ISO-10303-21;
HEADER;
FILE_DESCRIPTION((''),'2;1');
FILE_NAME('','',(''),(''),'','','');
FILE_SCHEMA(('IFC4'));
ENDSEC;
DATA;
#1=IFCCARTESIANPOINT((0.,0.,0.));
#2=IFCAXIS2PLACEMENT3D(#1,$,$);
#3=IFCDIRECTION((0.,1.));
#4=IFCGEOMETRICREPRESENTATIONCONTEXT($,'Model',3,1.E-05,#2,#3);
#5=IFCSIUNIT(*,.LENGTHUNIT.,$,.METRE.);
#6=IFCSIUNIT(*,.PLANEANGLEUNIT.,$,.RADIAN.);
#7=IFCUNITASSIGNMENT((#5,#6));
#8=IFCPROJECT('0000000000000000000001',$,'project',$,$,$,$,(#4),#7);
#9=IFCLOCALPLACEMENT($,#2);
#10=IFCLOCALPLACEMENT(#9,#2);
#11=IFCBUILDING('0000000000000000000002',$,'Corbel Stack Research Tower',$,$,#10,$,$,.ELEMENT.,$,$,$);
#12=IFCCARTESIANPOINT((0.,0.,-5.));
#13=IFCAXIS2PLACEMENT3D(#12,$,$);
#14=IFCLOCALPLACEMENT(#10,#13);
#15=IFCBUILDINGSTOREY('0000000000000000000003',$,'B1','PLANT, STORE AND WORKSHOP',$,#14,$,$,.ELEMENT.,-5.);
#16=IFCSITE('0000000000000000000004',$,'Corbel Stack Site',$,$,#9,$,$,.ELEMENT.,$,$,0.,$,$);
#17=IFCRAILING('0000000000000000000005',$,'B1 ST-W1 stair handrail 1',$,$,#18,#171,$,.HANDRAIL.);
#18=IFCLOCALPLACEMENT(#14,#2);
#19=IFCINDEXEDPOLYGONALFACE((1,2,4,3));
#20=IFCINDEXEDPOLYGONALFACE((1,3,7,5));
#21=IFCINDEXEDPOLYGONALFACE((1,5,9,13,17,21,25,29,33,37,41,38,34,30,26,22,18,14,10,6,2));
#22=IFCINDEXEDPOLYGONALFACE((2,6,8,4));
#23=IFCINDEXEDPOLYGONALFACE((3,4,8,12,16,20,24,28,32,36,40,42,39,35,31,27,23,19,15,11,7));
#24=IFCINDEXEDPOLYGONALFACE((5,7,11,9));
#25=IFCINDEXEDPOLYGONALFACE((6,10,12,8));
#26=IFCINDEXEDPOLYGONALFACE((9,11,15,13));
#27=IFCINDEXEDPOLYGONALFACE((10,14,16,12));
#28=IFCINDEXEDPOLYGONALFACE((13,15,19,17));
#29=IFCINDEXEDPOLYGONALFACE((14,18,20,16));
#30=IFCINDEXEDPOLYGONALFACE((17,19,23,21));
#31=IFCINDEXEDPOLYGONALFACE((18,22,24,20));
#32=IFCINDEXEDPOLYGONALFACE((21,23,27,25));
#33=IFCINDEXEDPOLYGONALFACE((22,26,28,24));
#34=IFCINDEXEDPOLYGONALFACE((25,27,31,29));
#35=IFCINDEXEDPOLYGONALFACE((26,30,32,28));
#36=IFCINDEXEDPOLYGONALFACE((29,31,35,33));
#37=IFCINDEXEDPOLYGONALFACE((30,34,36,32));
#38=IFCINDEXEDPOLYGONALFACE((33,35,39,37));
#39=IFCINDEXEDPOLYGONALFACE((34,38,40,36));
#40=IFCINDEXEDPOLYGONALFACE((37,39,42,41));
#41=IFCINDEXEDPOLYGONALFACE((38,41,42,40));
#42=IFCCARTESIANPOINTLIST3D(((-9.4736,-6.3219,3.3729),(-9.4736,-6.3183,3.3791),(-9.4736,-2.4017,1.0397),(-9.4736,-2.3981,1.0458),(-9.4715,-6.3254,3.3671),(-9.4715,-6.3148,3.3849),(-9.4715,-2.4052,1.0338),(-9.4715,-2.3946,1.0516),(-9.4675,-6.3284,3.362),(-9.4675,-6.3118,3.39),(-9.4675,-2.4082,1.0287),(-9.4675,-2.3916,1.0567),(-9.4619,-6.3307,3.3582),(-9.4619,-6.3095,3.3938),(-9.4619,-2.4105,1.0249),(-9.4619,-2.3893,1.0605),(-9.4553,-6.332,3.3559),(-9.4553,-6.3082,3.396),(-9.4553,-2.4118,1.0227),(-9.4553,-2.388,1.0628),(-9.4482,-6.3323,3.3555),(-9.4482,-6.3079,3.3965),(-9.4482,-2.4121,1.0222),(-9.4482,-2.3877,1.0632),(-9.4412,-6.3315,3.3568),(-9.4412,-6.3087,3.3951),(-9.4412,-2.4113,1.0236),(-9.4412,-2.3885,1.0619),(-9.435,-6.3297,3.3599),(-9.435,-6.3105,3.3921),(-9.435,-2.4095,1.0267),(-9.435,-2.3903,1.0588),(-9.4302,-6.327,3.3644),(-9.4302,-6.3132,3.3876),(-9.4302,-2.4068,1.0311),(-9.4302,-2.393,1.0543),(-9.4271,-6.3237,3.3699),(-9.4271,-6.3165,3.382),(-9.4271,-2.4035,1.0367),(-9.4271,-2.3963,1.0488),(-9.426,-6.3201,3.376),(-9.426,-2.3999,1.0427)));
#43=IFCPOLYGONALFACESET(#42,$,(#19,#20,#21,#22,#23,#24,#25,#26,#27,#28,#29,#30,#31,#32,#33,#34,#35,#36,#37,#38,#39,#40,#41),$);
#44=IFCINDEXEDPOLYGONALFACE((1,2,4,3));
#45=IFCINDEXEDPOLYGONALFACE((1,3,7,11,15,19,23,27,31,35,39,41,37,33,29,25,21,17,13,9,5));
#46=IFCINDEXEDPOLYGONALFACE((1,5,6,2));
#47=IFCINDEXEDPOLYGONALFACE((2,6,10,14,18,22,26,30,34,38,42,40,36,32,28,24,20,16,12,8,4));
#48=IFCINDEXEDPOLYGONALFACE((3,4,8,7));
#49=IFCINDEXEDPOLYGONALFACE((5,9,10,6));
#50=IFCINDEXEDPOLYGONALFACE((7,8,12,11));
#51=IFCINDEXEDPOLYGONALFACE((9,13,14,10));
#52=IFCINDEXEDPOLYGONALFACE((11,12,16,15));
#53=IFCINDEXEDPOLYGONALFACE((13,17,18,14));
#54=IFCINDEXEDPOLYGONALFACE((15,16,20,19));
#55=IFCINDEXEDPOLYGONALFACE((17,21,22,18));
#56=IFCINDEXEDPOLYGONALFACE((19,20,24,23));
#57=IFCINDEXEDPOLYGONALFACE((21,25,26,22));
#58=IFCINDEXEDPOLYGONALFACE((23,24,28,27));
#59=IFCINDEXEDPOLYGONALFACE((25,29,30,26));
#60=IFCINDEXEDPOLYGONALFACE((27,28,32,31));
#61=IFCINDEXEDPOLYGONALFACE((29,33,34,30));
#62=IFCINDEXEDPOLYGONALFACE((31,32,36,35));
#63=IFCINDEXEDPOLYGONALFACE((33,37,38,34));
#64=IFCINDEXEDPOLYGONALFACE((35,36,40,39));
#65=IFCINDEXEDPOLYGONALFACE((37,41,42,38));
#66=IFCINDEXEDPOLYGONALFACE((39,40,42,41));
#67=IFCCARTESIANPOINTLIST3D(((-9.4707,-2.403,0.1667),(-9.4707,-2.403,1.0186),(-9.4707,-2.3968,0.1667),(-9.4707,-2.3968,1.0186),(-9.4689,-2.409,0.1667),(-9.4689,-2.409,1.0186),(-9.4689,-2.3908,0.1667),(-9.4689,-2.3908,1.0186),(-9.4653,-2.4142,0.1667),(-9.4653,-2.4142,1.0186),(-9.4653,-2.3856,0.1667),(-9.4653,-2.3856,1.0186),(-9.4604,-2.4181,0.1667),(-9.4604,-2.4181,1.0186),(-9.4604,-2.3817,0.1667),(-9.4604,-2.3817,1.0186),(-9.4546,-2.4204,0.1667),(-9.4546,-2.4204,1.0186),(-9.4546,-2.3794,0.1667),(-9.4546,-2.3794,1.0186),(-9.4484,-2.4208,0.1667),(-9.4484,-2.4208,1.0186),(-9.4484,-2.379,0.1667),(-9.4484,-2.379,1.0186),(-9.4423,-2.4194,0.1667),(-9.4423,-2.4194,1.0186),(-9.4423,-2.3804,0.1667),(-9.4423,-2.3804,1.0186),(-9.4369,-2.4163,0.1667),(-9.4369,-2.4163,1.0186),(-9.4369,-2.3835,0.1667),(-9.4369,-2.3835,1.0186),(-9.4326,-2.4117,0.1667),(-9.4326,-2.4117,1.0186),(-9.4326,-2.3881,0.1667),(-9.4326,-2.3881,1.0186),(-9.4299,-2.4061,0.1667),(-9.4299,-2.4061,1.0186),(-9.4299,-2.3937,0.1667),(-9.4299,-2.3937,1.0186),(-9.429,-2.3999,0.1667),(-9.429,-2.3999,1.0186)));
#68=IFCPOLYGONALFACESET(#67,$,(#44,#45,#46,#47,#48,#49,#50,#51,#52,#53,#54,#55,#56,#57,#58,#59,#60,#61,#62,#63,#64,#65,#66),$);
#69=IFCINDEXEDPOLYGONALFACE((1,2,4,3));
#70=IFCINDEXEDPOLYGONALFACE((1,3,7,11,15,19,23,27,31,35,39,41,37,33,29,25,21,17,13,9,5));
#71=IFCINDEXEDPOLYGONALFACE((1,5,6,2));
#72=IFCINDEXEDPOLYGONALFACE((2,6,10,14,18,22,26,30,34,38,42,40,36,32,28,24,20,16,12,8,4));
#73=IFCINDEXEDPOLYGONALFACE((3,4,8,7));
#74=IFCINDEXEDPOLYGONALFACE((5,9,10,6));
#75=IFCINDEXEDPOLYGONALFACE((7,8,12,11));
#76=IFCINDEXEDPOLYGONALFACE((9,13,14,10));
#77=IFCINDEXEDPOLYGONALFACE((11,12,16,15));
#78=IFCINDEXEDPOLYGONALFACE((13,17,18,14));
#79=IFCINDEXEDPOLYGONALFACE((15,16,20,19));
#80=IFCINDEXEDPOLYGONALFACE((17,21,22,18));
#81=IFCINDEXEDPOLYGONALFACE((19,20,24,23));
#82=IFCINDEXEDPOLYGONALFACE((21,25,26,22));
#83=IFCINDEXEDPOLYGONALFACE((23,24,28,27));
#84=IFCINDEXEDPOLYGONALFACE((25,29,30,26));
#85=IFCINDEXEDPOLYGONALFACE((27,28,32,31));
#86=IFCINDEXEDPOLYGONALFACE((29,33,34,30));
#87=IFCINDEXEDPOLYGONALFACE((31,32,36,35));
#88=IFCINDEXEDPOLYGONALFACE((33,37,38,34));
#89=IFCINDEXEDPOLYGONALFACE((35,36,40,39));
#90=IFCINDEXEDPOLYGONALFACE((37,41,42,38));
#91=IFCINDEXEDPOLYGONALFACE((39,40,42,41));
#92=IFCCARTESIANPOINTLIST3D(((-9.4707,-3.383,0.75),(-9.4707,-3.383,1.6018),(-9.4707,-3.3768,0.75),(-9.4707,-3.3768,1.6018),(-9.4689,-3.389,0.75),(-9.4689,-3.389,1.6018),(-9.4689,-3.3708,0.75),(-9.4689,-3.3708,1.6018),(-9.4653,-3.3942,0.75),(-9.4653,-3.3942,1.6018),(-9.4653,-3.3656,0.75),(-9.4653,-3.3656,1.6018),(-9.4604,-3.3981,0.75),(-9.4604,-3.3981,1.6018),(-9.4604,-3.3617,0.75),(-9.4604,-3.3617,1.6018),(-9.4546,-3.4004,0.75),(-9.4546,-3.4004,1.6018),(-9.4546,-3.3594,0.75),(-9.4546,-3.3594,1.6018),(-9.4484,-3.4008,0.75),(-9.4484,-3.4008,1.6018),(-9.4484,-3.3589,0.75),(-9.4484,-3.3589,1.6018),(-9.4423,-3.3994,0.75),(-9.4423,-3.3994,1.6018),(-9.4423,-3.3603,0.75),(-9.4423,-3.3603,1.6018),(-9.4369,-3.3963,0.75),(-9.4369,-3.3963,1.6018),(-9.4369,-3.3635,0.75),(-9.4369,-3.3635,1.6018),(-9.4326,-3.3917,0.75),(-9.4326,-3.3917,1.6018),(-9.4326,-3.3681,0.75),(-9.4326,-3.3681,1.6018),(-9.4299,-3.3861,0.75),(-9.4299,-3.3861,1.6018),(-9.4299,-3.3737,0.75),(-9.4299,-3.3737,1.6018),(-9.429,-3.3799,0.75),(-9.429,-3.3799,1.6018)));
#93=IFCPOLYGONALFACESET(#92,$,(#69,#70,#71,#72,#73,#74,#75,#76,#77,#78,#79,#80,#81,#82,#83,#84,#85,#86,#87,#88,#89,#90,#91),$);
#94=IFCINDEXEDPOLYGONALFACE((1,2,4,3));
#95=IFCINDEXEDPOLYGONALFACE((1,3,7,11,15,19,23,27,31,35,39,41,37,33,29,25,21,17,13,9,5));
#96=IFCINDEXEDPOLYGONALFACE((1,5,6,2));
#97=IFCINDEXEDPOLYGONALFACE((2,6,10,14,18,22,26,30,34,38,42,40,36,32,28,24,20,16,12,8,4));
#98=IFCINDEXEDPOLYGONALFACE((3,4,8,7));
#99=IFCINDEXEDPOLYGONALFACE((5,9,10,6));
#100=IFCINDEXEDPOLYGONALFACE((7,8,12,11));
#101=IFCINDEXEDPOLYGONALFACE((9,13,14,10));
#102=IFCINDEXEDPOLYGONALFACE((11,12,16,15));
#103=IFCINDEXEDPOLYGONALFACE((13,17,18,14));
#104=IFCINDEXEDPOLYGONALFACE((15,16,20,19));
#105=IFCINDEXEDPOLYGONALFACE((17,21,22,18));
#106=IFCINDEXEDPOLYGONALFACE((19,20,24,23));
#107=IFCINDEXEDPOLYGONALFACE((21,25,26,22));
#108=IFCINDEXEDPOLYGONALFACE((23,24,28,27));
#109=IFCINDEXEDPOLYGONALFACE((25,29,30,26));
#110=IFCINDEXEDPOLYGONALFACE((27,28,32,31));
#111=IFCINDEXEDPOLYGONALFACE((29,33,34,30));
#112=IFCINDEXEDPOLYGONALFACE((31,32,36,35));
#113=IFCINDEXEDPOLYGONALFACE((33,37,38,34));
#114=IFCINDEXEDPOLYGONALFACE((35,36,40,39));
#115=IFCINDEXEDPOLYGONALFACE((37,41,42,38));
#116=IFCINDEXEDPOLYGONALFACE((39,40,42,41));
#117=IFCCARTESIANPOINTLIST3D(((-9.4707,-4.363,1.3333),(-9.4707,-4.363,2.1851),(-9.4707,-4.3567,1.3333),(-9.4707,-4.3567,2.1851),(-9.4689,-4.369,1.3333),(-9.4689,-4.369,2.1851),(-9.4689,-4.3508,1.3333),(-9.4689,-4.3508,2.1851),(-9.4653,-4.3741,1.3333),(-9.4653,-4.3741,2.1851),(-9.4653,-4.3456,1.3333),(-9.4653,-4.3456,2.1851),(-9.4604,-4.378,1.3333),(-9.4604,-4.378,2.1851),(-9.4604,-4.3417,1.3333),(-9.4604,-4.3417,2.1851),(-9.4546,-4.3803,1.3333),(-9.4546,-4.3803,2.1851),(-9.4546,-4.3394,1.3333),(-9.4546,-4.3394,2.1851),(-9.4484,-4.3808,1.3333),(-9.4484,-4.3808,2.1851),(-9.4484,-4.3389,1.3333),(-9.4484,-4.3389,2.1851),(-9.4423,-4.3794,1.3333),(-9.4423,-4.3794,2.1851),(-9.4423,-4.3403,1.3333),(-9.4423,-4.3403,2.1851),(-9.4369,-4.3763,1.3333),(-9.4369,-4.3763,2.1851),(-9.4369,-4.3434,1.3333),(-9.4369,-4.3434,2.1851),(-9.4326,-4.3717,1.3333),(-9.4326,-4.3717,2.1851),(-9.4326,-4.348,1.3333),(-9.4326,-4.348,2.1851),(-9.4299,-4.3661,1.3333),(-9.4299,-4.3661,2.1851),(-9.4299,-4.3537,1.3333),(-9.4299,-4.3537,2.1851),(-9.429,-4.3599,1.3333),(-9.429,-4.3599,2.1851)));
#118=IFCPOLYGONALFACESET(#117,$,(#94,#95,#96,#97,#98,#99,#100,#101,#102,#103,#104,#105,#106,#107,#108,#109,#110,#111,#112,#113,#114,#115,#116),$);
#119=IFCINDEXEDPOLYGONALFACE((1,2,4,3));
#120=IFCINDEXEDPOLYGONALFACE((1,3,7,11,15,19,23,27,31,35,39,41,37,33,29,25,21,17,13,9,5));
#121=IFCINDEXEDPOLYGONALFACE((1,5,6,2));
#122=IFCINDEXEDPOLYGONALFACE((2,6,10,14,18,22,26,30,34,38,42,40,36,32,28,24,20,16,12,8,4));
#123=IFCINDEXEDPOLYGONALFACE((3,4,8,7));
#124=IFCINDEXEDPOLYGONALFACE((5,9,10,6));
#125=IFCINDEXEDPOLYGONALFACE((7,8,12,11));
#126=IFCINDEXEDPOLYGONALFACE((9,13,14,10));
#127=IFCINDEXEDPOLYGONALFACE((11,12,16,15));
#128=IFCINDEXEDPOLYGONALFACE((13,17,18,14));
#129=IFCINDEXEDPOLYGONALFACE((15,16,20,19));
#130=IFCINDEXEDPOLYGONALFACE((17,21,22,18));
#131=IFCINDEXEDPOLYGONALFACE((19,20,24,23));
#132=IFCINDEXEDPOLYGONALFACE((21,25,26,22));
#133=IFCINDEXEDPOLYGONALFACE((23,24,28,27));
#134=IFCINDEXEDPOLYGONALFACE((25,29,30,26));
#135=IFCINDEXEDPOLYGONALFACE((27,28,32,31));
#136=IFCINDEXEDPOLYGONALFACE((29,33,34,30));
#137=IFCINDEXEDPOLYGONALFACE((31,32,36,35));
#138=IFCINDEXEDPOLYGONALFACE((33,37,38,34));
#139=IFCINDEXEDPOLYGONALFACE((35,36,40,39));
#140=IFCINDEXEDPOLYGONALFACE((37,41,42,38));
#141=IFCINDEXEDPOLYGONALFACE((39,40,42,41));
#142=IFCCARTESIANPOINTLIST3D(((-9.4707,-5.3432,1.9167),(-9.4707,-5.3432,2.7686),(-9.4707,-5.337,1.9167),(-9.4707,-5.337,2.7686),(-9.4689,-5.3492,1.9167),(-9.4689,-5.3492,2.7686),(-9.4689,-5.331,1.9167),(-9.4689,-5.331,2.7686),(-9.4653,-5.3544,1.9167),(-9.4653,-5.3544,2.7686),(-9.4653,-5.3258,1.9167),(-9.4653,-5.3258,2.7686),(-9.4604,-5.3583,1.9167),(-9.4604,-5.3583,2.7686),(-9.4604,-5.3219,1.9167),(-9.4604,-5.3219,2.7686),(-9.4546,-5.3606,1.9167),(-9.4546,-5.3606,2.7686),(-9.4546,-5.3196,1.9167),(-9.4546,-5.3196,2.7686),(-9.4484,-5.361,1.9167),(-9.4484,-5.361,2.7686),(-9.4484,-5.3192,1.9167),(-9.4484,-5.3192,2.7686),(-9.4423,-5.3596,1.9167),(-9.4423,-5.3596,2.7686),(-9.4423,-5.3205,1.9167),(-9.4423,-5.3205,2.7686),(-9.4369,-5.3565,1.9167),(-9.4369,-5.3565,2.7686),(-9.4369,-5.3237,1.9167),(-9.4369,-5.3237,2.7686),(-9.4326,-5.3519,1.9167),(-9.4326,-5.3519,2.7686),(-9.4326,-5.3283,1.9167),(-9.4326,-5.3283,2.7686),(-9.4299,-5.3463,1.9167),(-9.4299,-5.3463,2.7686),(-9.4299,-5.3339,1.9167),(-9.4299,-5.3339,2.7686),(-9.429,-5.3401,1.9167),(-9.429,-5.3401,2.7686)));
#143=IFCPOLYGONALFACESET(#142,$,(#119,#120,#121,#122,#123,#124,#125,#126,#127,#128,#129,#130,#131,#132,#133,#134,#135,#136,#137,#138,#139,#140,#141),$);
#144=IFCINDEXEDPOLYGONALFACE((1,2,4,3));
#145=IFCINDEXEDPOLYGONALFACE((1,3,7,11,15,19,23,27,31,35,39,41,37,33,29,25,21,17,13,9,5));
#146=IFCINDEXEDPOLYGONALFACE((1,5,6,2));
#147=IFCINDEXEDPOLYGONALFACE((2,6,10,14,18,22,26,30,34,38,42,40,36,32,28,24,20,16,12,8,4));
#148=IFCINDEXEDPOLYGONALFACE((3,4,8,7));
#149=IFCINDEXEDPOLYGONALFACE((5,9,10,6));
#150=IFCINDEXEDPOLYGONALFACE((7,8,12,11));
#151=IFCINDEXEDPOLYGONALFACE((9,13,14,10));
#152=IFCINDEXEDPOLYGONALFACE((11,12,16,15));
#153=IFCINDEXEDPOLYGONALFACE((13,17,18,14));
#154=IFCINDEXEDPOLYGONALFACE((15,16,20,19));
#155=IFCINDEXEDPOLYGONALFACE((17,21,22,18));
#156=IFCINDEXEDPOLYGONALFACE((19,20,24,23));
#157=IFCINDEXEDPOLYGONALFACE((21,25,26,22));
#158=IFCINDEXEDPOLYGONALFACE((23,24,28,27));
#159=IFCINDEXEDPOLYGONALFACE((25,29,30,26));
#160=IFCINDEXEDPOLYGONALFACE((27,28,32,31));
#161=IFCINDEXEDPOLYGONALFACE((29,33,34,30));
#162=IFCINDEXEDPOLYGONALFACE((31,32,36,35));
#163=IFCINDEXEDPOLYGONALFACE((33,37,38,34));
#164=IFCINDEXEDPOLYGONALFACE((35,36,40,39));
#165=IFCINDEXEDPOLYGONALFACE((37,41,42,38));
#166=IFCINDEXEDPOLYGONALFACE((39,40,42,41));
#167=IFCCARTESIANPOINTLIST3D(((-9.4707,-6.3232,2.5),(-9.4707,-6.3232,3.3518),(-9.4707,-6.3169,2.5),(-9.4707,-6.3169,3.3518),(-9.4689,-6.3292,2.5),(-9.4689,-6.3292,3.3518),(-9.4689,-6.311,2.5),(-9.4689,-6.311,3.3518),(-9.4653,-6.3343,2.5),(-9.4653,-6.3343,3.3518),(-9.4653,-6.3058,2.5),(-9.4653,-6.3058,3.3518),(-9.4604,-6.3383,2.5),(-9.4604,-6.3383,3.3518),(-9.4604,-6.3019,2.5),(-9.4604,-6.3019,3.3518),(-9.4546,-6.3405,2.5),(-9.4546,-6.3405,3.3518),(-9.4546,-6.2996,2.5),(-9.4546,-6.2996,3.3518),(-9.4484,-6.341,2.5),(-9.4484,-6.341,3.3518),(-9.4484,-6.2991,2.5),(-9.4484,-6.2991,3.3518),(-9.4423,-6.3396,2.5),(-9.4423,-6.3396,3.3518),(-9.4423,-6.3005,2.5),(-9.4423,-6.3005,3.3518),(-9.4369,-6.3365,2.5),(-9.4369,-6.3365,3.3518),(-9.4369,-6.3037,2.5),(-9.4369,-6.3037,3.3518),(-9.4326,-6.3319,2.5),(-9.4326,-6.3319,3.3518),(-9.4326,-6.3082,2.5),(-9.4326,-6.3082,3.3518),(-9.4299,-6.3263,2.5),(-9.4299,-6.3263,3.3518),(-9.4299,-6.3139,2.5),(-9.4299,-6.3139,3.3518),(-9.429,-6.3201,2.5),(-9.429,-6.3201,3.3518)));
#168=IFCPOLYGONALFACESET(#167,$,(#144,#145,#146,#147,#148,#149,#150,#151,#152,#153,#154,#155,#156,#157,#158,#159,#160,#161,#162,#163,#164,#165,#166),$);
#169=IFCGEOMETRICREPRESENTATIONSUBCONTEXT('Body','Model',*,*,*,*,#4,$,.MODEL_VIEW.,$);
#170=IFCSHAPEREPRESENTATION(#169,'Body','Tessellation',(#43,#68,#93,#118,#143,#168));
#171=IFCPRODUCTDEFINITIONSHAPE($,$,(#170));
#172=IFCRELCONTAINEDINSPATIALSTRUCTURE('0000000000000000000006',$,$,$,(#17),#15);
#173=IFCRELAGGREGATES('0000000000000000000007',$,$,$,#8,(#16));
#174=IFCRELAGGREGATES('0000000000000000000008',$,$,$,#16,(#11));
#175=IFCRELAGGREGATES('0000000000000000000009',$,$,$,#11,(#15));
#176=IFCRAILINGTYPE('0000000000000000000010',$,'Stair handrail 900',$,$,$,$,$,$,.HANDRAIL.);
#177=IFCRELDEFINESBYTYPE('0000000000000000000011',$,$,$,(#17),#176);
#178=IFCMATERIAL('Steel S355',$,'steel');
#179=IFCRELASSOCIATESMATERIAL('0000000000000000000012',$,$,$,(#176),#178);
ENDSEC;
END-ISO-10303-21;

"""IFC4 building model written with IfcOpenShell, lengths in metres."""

from ifc_helpers import new_model, si_unit, direction, frame, origin, origin_2d, place, context, subcontext, project, spatial, circle, extrude, material, type_object, element, save


model = new_model("IFC4")

# Units and contexts
model_context = context("Model", 3, precision=1e-05, world=origin(), true_north=direction((0.0, 1.0)))
body_context = subcontext(model_context, "Body", "Model", "MODEL_VIEW")
ifc_project = project(units=[si_unit("LENGTHUNIT", "METRE"), si_unit("PLANEANGLEUNIT", "RADIAN")], contexts=[model_context])

# Site, building, storey
site_placement = place(None, origin())
site = spatial("IfcSite", under=ifc_project, at=site_placement, Name="Corbel Stack Site", CompositionType="ELEMENT", RefElevation=0.0)
building_placement = place(site_placement, origin())
building = spatial("IfcBuilding", under=site, at=building_placement, Name="Corbel Stack Research Tower", CompositionType="ELEMENT")
storey_placement = place(building_placement, frame((0.0, 0.0, -5.0)))
storey = spatial("IfcBuildingStorey", under=building, at=storey_placement, Name="B1", Description="PLANT, STORE AND WORKSHOP", CompositionType="ELEMENT", Elevation=-5.0)

# Railing
ifc_material_1 = material(Name="Steel S355", Category="steel")
railing_type = type_object("IfcRailingType", Name="Stair handrail 900", PredefinedType="HANDRAIL", material=ifc_material_1)
railing_placement = place(storey_placement, frame((-9.45, -2.3999, 0.1667)))
element("IfcRailing", 1, at=railing_placement, inside=storey, type_object=railing_type, Name="B1 ST-W1 stair handrail 1", PredefinedType="HANDRAIL", context=body_context, shape_type="SweptSolid", body=[
    extrude(circle(Radius=0.0239, at=origin_2d()), frame((0.0, 0.0, 0.876), z_axis=(0.0, -0.85931, 0.511455), x_axis=(1.0, 0.0, 0.0)), (0.0, 0.0, 1.0), 4.562),
    extrude(circle(Radius=0.021, at=origin_2d()), origin(), (0.0, 0.0, 1.0), 0.8518),
    extrude(circle(Radius=0.021, at=origin_2d()), frame((0.0, -0.98, 0.5833)), (0.0, 0.0, 1.0), 0.8518),
    extrude(circle(Radius=0.021, at=origin_2d()), frame((0.0, -1.96, 1.1665)), (0.0, 0.0, 1.0), 0.8518),
    extrude(circle(Radius=0.021, at=origin_2d()), frame((0.0, -2.9402, 1.75)), (0.0, 0.0, 1.0), 0.8518),
    extrude(circle(Radius=0.021, at=origin_2d()), frame((0.0, -3.9202, 2.3333)), (0.0, 0.0, 1.0), 0.8518),
])

save(model, "model.ifc")
